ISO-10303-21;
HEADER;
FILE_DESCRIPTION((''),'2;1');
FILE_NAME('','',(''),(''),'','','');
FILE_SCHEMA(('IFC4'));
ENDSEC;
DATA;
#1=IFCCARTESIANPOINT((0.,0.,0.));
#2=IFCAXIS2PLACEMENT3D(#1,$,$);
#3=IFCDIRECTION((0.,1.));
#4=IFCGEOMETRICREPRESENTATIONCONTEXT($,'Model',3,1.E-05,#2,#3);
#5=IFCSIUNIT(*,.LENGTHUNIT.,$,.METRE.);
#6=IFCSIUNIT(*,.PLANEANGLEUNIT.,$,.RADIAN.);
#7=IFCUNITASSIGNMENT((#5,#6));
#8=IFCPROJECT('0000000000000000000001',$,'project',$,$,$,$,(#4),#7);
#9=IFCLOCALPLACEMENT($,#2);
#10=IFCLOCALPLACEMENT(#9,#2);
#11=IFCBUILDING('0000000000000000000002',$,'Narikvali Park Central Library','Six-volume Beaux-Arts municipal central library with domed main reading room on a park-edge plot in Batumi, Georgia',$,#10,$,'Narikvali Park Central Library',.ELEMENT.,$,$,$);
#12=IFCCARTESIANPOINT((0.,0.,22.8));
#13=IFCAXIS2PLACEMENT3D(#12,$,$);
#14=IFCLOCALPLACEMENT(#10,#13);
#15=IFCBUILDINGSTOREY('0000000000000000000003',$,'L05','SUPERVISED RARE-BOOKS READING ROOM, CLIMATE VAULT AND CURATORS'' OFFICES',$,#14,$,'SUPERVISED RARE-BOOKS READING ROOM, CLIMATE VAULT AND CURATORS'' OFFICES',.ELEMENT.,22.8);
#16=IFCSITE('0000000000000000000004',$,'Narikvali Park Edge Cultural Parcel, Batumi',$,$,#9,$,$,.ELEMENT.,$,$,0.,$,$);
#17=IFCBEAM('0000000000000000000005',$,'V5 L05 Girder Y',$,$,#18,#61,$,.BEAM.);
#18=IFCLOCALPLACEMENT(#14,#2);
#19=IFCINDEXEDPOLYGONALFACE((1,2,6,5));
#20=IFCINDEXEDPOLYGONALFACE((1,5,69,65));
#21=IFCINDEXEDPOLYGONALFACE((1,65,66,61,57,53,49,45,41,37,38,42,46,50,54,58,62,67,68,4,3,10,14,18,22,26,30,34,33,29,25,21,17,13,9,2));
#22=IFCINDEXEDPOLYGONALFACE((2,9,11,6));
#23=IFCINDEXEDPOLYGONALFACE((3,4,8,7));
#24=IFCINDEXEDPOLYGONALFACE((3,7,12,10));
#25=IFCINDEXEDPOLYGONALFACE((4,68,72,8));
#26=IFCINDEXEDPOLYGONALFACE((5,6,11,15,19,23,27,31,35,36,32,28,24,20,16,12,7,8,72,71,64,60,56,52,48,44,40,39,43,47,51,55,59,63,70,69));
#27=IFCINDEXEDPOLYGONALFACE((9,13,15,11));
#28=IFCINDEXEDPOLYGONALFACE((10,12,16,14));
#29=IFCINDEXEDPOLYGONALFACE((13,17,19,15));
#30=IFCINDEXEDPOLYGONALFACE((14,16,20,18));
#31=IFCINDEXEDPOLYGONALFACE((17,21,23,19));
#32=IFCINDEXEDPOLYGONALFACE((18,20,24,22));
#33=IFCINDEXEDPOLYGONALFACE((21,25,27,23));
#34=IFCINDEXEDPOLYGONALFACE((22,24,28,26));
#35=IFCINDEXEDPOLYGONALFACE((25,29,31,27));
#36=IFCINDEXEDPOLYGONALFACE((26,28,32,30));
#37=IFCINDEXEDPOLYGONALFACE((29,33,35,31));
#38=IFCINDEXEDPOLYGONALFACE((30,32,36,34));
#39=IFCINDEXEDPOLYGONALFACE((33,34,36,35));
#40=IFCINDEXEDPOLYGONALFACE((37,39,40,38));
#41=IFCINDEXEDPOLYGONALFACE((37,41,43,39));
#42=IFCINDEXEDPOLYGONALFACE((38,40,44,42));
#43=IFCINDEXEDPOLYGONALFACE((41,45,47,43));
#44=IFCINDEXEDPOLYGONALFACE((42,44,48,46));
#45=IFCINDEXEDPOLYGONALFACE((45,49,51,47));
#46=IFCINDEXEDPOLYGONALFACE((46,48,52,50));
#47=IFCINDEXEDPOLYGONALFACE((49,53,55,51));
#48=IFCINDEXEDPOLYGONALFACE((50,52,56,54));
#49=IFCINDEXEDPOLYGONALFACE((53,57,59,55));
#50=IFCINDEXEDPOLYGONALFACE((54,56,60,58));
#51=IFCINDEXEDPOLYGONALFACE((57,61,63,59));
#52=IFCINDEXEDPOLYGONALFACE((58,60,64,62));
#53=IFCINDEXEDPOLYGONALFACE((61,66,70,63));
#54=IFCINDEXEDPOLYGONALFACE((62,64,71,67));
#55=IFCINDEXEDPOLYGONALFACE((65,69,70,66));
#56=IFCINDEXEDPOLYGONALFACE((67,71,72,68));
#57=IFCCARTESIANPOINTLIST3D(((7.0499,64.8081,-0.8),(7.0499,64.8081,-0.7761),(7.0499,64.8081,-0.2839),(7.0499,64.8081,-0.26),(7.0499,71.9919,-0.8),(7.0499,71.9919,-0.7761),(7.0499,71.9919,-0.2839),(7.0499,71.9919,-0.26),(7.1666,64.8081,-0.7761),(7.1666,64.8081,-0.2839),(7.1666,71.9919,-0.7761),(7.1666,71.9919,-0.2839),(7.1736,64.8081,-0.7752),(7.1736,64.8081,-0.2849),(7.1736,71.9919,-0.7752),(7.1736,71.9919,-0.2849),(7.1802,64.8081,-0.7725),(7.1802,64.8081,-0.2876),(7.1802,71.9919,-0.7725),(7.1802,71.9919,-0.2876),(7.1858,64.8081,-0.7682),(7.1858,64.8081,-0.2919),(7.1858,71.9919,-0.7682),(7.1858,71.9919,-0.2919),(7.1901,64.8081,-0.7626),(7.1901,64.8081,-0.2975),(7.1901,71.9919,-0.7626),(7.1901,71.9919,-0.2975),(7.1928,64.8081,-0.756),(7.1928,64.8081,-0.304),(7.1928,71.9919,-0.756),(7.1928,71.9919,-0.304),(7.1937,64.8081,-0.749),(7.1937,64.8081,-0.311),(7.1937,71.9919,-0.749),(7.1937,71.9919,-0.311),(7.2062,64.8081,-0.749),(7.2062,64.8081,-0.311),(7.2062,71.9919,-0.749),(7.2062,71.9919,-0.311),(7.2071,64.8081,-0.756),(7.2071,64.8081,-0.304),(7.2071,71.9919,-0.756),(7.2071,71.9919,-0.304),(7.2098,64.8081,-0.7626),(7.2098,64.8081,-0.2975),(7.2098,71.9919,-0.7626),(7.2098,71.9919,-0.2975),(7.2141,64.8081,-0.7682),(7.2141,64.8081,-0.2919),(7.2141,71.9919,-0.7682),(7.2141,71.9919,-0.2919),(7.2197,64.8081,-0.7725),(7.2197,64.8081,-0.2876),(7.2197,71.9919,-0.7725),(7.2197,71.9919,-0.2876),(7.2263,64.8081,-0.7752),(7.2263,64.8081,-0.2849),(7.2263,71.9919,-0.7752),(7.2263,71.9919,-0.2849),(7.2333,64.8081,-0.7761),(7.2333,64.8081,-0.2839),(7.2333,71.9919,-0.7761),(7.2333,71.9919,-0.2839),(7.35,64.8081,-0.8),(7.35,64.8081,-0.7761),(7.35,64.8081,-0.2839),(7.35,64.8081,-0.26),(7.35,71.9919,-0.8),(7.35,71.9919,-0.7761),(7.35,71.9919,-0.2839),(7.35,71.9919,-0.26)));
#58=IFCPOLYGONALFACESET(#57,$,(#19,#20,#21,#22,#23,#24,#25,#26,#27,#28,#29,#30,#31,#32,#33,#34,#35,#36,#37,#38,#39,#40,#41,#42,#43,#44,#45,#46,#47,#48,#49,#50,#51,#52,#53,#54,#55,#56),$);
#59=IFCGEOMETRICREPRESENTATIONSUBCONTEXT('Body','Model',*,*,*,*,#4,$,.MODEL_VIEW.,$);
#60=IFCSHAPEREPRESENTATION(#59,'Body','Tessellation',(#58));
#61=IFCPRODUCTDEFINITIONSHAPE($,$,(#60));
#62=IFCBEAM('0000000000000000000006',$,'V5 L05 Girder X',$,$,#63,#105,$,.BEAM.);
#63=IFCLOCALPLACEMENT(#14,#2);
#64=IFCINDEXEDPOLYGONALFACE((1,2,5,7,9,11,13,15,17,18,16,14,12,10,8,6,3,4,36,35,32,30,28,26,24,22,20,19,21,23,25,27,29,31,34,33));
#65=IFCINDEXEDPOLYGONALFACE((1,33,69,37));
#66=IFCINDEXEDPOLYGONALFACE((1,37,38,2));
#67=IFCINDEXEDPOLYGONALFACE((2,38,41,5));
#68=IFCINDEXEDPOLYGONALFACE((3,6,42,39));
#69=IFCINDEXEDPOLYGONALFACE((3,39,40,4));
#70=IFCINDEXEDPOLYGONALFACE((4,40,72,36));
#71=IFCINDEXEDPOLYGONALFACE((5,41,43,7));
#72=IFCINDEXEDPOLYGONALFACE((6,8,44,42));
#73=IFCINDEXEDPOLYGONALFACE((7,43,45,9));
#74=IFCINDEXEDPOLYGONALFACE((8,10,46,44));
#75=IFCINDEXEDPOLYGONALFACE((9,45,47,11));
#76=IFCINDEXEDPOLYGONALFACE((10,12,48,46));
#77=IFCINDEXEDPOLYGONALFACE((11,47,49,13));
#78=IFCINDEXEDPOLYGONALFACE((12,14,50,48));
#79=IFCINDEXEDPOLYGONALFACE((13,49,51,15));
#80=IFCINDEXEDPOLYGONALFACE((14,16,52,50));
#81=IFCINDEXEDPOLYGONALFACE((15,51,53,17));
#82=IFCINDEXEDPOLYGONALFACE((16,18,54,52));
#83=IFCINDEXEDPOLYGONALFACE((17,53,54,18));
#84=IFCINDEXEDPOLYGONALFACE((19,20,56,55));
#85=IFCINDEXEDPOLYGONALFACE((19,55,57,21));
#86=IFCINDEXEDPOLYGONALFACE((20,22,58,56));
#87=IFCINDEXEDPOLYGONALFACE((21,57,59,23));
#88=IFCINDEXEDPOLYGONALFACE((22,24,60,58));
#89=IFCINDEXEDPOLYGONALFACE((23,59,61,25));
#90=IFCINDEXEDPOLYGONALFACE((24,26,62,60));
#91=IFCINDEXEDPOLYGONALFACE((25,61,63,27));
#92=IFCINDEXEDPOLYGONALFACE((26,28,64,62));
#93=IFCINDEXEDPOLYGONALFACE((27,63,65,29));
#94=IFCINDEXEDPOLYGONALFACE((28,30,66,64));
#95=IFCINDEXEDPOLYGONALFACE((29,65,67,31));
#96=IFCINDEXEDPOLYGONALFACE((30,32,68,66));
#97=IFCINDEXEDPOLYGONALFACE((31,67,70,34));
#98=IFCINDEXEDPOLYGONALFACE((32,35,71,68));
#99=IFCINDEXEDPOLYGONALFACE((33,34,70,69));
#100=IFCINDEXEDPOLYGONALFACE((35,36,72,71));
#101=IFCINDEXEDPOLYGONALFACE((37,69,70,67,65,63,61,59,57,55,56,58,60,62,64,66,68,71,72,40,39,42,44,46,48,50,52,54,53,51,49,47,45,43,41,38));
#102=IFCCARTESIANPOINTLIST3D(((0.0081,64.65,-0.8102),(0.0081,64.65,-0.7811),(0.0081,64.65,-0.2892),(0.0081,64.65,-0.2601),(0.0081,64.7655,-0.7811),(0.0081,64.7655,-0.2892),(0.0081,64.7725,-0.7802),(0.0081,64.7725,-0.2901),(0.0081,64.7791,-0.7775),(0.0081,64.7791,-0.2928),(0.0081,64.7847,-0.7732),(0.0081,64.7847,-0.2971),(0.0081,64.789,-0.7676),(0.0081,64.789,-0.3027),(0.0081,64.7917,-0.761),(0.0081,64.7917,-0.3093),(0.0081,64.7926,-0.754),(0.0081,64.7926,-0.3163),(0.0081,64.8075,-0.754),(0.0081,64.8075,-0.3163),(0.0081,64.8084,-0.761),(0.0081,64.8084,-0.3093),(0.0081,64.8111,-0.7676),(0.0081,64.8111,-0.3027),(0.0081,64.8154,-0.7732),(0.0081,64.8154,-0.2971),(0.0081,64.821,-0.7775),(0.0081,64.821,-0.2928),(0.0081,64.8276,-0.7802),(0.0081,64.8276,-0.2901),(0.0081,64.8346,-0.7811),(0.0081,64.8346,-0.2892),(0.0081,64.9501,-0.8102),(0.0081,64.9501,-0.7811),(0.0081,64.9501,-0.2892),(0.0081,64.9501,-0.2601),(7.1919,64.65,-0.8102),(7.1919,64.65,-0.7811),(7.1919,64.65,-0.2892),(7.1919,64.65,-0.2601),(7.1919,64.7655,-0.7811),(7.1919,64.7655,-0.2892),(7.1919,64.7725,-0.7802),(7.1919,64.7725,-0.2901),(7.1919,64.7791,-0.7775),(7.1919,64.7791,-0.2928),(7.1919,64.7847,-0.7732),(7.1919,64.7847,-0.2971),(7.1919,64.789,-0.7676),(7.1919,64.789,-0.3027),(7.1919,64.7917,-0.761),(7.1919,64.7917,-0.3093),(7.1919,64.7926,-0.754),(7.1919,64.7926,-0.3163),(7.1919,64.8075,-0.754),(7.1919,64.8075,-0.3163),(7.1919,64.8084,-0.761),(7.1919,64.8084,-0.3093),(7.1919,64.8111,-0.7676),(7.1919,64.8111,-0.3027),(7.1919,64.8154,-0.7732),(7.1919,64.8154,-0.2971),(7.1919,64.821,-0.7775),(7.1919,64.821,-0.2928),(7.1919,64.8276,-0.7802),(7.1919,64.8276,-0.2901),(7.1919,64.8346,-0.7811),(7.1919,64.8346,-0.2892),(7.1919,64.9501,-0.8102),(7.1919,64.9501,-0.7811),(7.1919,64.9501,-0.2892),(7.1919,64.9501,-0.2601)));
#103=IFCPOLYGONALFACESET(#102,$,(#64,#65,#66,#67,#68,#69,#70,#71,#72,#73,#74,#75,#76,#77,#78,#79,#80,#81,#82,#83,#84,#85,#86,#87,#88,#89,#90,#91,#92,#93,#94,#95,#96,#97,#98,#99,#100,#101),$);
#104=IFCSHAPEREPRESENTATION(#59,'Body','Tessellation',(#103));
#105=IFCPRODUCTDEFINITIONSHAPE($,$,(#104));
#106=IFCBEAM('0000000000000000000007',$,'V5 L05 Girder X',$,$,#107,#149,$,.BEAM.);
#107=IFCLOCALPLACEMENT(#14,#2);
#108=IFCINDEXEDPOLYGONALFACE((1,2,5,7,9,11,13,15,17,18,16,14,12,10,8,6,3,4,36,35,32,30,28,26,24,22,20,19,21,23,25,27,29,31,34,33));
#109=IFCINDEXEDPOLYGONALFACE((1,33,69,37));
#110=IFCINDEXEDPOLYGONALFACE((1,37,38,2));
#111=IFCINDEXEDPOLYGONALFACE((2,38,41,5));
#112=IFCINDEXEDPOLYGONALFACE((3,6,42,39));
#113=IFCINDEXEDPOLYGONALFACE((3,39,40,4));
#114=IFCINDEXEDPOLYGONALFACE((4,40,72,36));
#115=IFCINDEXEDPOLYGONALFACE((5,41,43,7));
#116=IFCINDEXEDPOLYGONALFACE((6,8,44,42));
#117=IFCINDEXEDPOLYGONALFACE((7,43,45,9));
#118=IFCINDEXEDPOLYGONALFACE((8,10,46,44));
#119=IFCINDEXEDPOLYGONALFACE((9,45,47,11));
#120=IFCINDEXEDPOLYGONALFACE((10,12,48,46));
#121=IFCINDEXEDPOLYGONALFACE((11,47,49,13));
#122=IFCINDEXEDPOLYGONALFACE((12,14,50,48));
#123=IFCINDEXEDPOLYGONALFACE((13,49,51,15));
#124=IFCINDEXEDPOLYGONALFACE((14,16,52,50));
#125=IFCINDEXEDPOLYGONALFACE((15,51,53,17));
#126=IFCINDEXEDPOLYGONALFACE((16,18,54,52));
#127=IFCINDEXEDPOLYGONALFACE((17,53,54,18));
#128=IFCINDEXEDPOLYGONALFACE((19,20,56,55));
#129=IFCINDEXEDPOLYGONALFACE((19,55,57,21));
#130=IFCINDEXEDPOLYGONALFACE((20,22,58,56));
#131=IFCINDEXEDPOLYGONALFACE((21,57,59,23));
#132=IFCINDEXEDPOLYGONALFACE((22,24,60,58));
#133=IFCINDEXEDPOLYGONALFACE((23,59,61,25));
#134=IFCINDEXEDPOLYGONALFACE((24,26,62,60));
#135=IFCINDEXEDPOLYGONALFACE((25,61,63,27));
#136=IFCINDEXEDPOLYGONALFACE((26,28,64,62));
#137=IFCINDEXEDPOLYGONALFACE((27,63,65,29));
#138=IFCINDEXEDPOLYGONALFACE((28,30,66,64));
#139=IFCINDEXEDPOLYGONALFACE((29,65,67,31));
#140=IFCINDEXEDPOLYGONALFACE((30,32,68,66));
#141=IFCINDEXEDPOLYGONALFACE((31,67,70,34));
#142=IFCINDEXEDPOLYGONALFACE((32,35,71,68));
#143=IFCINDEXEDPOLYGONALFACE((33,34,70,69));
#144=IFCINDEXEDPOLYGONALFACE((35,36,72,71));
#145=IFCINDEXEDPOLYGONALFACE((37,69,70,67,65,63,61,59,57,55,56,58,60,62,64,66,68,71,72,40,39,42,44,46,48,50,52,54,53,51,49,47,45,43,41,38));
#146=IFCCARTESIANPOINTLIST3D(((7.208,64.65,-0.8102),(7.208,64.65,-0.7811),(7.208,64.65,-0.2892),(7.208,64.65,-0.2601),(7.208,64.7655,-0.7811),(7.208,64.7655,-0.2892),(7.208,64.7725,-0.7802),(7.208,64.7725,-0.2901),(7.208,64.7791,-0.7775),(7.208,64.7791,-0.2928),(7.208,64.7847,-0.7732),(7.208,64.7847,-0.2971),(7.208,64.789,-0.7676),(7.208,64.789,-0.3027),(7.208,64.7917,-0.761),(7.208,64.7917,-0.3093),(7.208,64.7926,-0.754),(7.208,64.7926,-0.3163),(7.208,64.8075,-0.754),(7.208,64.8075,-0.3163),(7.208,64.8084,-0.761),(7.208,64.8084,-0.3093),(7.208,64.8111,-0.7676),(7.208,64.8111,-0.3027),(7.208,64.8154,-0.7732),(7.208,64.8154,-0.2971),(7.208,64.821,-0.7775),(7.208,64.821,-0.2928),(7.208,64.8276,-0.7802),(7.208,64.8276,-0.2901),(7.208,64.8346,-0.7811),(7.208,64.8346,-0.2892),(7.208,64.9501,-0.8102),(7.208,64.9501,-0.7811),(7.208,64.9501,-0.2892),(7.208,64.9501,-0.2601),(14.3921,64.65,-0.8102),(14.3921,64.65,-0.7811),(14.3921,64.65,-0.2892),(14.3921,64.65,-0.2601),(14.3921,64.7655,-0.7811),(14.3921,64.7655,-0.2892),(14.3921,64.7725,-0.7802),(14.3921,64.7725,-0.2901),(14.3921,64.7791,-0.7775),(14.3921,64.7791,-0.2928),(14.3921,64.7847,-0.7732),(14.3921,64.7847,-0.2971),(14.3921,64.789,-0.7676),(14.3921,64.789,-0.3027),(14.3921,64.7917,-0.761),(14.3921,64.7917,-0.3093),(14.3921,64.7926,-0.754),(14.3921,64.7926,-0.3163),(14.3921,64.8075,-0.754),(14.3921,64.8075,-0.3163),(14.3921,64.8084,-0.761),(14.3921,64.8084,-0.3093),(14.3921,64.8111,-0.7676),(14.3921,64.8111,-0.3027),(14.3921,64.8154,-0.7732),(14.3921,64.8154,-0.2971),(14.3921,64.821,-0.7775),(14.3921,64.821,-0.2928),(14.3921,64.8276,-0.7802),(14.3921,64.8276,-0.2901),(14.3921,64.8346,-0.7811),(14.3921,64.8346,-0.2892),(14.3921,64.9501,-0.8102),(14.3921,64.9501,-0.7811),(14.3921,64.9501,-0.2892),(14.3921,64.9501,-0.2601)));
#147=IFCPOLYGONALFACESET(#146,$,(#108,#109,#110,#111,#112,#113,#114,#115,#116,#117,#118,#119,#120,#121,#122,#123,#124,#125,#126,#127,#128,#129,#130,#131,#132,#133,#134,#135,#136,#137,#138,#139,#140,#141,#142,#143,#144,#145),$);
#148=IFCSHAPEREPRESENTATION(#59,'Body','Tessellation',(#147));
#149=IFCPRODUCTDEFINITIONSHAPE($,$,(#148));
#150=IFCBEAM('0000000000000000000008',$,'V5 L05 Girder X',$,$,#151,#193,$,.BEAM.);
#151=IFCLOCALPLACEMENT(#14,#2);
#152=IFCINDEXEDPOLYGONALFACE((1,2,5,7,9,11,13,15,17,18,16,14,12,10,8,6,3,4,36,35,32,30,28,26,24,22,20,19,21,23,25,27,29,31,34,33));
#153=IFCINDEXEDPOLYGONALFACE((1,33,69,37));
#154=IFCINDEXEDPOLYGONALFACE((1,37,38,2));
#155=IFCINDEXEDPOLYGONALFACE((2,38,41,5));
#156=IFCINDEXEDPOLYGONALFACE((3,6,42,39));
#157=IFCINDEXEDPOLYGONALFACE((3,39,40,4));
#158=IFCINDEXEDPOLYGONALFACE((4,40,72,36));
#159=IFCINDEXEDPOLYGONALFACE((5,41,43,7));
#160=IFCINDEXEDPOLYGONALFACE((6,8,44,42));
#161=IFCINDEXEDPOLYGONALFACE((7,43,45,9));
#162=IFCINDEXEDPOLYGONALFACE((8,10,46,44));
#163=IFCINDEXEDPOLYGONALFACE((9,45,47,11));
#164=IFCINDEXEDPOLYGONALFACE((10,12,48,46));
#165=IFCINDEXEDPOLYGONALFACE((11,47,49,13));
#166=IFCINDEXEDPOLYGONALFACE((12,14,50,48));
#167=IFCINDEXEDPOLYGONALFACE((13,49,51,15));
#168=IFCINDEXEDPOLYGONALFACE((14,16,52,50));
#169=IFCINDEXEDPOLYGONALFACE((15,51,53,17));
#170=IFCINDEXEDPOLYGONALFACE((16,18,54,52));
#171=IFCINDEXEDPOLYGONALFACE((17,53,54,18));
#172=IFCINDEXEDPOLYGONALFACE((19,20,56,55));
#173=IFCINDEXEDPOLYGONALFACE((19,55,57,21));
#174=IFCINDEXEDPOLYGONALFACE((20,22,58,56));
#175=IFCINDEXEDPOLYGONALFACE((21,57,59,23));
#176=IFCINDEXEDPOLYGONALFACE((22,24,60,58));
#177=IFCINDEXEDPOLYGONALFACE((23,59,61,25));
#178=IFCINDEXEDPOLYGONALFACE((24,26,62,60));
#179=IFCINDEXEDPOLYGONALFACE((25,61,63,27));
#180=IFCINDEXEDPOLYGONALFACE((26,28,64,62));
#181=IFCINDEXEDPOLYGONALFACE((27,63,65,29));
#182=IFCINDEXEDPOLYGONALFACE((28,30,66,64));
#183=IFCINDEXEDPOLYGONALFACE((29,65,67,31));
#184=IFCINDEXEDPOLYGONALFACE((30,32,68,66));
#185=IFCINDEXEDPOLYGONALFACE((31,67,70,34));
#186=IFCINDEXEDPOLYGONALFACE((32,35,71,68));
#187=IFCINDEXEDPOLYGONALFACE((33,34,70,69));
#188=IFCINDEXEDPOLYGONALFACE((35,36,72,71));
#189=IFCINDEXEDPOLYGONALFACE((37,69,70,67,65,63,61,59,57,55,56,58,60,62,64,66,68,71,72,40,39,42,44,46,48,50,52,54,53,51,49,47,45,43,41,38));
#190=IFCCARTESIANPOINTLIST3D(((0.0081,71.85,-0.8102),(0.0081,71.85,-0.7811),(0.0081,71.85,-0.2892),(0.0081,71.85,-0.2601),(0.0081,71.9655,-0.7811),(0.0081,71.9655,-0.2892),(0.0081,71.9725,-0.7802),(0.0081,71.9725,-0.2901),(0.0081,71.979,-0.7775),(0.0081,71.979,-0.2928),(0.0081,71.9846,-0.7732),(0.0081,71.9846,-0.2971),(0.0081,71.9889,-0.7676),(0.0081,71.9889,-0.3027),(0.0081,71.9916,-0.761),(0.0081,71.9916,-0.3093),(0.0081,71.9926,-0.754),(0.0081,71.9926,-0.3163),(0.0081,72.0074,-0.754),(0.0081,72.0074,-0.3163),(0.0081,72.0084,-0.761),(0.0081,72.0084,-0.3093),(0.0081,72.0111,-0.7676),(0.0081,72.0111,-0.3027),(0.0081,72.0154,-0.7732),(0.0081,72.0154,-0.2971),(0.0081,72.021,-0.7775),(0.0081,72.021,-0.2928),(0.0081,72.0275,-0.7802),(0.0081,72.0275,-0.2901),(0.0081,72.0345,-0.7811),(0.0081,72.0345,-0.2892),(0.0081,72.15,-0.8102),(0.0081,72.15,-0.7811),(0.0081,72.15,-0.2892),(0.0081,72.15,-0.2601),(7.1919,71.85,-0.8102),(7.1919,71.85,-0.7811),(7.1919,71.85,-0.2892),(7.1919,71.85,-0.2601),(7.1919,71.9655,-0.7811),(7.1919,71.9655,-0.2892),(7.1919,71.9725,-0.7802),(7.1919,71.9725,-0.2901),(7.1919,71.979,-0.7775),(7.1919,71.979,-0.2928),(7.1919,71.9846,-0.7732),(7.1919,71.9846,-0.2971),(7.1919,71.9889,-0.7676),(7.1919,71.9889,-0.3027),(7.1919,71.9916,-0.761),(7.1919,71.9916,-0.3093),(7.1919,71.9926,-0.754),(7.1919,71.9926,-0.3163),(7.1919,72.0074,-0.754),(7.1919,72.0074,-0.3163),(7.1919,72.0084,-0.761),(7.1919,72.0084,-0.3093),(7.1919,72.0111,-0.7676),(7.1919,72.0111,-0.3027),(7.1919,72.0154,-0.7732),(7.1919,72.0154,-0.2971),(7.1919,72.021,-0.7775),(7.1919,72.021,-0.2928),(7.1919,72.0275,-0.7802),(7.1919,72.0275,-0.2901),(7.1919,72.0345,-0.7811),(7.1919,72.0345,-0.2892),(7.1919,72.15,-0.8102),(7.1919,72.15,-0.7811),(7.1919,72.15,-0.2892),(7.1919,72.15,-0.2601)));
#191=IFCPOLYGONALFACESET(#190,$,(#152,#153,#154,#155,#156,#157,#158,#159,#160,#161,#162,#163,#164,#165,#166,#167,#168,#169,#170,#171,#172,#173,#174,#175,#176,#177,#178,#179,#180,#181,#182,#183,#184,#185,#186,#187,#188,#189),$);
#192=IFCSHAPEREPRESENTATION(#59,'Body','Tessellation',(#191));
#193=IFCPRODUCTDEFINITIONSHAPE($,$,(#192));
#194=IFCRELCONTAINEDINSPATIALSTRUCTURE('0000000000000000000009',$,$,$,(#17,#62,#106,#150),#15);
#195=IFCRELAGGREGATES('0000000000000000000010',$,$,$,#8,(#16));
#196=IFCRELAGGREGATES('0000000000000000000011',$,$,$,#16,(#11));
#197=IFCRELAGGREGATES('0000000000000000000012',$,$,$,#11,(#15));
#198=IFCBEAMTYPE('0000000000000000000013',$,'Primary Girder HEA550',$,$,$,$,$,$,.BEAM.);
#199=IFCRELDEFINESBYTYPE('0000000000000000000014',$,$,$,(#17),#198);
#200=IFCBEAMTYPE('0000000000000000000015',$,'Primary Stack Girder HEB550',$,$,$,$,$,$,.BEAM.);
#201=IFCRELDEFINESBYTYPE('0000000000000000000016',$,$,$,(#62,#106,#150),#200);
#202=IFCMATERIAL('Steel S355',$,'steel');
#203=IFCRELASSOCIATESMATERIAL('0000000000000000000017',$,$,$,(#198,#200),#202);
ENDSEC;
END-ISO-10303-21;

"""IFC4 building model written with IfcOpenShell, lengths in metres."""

from ifc_helpers import new_model, si_unit, direction, frame, origin, origin_2d, place, context, subcontext, project, spatial, i_section, extrude, material, material_profile, profile_set, type_object, element, save


model = new_model("IFC4")

# Units and contexts
model_context = context("Model", 3, precision=1e-05, world=origin(), true_north=direction((0.0, 1.0)))
body_context = subcontext(model_context, "Body", "Model", "MODEL_VIEW")
ifc_project = project(units=[si_unit("LENGTHUNIT", "METRE"), si_unit("PLANEANGLEUNIT", "RADIAN")], contexts=[model_context])

# Site, building, storey
site_placement = place(None, origin())
site = spatial("IfcSite", under=ifc_project, at=site_placement, Name="Narikvali Park Edge Cultural Parcel, Batumi", CompositionType="ELEMENT", RefElevation=0.0)
building_placement = place(site_placement, origin())
building = spatial("IfcBuilding", under=site, at=building_placement, Name="Narikvali Park Central Library", Description="Six-volume Beaux-Arts municipal central library with domed main reading room on a park-edge plot in Batumi, Georgia", LongName="Narikvali Park Central Library", CompositionType="ELEMENT")
storey_placement = place(building_placement, frame((0.0, 0.0, 22.8)))
storey = spatial("IfcBuildingStorey", under=building, at=storey_placement, Name="L05", Description="SUPERVISED RARE-BOOKS READING ROOM, CLIMATE VAULT AND CURATORS' OFFICES", LongName="SUPERVISED RARE-BOOKS READING ROOM, CLIMATE VAULT AND CURATORS' OFFICES", CompositionType="ELEMENT", Elevation=22.8)

# Shared definitions
ifc_material_1 = material(Name="Steel S355", Category="steel")

# Beams
ifc_material_profile_1 = material_profile(ifc_material_1, i_section(OverallWidth=0.3, OverallDepth=0.54, WebThickness=0.0125, FlangeThickness=0.0239, FilletRadius=0.0271, at=origin_2d()), Name="HEA 550")
ifc_profile_set_1 = profile_set([ifc_material_profile_1], Name="Steel S355")
beam_type_1 = type_object("IfcBeamType", Name="Primary Girder HEA550", PredefinedType="BEAM", material=ifc_profile_set_1)
beam_1_placement = place(storey_placement, frame((7.2, 64.8081, -0.53), z_axis=(0.0, 1.0, 0.0), x_axis=(-1.0, 0.0, 0.0)))
element("IfcBeam", 1, at=beam_1_placement, inside=storey, type_object=beam_type_1, Name="V5 L05 Girder Y", PredefinedType="BEAM", context=body_context, shape_type="SweptSolid", body=[
    extrude(i_section(OverallWidth=0.3, OverallDepth=0.54, WebThickness=0.0125, FlangeThickness=0.0239, FilletRadius=0.0271, at=origin_2d()), origin(), (0.0, 0.0, 1.0), 7.1838),
])
ifc_material_profile_2 = material_profile(ifc_material_1, i_section(OverallWidth=0.3, OverallDepth=0.55, WebThickness=0.0149, FlangeThickness=0.0291, FilletRadius=0.0271, at=origin_2d()), Name="HEB 550")
ifc_profile_set_2 = profile_set([ifc_material_profile_2], Name="Steel S355")
beam_type_2 = type_object("IfcBeamType", Name="Primary Stack Girder HEB550", PredefinedType="BEAM", material=ifc_profile_set_2)
beam_2_placement = place(storey_placement, frame((0.0081, 64.8, -0.5352), z_axis=(1.0, 0.0, 0.0), x_axis=(0.0, 1.0, 0.0)))
element("IfcBeam", 2, at=beam_2_placement, inside=storey, type_object=beam_type_2, Name="V5 L05 Girder X", PredefinedType="BEAM", context=body_context, shape_type="SweptSolid", body=[
    extrude(i_section(OverallWidth=0.3, OverallDepth=0.55, WebThickness=0.0149, FlangeThickness=0.0291, FilletRadius=0.0271, at=origin_2d()), origin(), (0.0, 0.0, 1.0), 7.1838),
])
beam_3_placement = place(storey_placement, frame((7.208, 64.8, -0.5352), z_axis=(1.0, 0.0, 0.0), x_axis=(0.0, 1.0, 0.0)))
element("IfcBeam", 3, at=beam_3_placement, inside=storey, type_object=beam_type_2, Name="V5 L05 Girder X", PredefinedType="BEAM", context=body_context, shape_type="SweptSolid", body=[
    extrude(i_section(OverallWidth=0.3, OverallDepth=0.55, WebThickness=0.0149, FlangeThickness=0.0291, FilletRadius=0.0271, at=origin_2d()), origin(), (0.0, 0.0, 1.0), 7.1841),
])
beam_4_placement = place(storey_placement, frame((0.0081, 72.0, -0.5352), z_axis=(1.0, 0.0, 0.0), x_axis=(0.0, 1.0, 0.0)))
element("IfcBeam", 4, at=beam_4_placement, inside=storey, type_object=beam_type_2, Name="V5 L05 Girder X", PredefinedType="BEAM", context=body_context, shape_type="SweptSolid", body=[
    extrude(i_section(OverallWidth=0.3, OverallDepth=0.55, WebThickness=0.0149, FlangeThickness=0.0291, FilletRadius=0.0271, at=origin_2d()), origin(), (0.0, 0.0, 1.0), 7.1838),
])

save(model, "model.ifc")
